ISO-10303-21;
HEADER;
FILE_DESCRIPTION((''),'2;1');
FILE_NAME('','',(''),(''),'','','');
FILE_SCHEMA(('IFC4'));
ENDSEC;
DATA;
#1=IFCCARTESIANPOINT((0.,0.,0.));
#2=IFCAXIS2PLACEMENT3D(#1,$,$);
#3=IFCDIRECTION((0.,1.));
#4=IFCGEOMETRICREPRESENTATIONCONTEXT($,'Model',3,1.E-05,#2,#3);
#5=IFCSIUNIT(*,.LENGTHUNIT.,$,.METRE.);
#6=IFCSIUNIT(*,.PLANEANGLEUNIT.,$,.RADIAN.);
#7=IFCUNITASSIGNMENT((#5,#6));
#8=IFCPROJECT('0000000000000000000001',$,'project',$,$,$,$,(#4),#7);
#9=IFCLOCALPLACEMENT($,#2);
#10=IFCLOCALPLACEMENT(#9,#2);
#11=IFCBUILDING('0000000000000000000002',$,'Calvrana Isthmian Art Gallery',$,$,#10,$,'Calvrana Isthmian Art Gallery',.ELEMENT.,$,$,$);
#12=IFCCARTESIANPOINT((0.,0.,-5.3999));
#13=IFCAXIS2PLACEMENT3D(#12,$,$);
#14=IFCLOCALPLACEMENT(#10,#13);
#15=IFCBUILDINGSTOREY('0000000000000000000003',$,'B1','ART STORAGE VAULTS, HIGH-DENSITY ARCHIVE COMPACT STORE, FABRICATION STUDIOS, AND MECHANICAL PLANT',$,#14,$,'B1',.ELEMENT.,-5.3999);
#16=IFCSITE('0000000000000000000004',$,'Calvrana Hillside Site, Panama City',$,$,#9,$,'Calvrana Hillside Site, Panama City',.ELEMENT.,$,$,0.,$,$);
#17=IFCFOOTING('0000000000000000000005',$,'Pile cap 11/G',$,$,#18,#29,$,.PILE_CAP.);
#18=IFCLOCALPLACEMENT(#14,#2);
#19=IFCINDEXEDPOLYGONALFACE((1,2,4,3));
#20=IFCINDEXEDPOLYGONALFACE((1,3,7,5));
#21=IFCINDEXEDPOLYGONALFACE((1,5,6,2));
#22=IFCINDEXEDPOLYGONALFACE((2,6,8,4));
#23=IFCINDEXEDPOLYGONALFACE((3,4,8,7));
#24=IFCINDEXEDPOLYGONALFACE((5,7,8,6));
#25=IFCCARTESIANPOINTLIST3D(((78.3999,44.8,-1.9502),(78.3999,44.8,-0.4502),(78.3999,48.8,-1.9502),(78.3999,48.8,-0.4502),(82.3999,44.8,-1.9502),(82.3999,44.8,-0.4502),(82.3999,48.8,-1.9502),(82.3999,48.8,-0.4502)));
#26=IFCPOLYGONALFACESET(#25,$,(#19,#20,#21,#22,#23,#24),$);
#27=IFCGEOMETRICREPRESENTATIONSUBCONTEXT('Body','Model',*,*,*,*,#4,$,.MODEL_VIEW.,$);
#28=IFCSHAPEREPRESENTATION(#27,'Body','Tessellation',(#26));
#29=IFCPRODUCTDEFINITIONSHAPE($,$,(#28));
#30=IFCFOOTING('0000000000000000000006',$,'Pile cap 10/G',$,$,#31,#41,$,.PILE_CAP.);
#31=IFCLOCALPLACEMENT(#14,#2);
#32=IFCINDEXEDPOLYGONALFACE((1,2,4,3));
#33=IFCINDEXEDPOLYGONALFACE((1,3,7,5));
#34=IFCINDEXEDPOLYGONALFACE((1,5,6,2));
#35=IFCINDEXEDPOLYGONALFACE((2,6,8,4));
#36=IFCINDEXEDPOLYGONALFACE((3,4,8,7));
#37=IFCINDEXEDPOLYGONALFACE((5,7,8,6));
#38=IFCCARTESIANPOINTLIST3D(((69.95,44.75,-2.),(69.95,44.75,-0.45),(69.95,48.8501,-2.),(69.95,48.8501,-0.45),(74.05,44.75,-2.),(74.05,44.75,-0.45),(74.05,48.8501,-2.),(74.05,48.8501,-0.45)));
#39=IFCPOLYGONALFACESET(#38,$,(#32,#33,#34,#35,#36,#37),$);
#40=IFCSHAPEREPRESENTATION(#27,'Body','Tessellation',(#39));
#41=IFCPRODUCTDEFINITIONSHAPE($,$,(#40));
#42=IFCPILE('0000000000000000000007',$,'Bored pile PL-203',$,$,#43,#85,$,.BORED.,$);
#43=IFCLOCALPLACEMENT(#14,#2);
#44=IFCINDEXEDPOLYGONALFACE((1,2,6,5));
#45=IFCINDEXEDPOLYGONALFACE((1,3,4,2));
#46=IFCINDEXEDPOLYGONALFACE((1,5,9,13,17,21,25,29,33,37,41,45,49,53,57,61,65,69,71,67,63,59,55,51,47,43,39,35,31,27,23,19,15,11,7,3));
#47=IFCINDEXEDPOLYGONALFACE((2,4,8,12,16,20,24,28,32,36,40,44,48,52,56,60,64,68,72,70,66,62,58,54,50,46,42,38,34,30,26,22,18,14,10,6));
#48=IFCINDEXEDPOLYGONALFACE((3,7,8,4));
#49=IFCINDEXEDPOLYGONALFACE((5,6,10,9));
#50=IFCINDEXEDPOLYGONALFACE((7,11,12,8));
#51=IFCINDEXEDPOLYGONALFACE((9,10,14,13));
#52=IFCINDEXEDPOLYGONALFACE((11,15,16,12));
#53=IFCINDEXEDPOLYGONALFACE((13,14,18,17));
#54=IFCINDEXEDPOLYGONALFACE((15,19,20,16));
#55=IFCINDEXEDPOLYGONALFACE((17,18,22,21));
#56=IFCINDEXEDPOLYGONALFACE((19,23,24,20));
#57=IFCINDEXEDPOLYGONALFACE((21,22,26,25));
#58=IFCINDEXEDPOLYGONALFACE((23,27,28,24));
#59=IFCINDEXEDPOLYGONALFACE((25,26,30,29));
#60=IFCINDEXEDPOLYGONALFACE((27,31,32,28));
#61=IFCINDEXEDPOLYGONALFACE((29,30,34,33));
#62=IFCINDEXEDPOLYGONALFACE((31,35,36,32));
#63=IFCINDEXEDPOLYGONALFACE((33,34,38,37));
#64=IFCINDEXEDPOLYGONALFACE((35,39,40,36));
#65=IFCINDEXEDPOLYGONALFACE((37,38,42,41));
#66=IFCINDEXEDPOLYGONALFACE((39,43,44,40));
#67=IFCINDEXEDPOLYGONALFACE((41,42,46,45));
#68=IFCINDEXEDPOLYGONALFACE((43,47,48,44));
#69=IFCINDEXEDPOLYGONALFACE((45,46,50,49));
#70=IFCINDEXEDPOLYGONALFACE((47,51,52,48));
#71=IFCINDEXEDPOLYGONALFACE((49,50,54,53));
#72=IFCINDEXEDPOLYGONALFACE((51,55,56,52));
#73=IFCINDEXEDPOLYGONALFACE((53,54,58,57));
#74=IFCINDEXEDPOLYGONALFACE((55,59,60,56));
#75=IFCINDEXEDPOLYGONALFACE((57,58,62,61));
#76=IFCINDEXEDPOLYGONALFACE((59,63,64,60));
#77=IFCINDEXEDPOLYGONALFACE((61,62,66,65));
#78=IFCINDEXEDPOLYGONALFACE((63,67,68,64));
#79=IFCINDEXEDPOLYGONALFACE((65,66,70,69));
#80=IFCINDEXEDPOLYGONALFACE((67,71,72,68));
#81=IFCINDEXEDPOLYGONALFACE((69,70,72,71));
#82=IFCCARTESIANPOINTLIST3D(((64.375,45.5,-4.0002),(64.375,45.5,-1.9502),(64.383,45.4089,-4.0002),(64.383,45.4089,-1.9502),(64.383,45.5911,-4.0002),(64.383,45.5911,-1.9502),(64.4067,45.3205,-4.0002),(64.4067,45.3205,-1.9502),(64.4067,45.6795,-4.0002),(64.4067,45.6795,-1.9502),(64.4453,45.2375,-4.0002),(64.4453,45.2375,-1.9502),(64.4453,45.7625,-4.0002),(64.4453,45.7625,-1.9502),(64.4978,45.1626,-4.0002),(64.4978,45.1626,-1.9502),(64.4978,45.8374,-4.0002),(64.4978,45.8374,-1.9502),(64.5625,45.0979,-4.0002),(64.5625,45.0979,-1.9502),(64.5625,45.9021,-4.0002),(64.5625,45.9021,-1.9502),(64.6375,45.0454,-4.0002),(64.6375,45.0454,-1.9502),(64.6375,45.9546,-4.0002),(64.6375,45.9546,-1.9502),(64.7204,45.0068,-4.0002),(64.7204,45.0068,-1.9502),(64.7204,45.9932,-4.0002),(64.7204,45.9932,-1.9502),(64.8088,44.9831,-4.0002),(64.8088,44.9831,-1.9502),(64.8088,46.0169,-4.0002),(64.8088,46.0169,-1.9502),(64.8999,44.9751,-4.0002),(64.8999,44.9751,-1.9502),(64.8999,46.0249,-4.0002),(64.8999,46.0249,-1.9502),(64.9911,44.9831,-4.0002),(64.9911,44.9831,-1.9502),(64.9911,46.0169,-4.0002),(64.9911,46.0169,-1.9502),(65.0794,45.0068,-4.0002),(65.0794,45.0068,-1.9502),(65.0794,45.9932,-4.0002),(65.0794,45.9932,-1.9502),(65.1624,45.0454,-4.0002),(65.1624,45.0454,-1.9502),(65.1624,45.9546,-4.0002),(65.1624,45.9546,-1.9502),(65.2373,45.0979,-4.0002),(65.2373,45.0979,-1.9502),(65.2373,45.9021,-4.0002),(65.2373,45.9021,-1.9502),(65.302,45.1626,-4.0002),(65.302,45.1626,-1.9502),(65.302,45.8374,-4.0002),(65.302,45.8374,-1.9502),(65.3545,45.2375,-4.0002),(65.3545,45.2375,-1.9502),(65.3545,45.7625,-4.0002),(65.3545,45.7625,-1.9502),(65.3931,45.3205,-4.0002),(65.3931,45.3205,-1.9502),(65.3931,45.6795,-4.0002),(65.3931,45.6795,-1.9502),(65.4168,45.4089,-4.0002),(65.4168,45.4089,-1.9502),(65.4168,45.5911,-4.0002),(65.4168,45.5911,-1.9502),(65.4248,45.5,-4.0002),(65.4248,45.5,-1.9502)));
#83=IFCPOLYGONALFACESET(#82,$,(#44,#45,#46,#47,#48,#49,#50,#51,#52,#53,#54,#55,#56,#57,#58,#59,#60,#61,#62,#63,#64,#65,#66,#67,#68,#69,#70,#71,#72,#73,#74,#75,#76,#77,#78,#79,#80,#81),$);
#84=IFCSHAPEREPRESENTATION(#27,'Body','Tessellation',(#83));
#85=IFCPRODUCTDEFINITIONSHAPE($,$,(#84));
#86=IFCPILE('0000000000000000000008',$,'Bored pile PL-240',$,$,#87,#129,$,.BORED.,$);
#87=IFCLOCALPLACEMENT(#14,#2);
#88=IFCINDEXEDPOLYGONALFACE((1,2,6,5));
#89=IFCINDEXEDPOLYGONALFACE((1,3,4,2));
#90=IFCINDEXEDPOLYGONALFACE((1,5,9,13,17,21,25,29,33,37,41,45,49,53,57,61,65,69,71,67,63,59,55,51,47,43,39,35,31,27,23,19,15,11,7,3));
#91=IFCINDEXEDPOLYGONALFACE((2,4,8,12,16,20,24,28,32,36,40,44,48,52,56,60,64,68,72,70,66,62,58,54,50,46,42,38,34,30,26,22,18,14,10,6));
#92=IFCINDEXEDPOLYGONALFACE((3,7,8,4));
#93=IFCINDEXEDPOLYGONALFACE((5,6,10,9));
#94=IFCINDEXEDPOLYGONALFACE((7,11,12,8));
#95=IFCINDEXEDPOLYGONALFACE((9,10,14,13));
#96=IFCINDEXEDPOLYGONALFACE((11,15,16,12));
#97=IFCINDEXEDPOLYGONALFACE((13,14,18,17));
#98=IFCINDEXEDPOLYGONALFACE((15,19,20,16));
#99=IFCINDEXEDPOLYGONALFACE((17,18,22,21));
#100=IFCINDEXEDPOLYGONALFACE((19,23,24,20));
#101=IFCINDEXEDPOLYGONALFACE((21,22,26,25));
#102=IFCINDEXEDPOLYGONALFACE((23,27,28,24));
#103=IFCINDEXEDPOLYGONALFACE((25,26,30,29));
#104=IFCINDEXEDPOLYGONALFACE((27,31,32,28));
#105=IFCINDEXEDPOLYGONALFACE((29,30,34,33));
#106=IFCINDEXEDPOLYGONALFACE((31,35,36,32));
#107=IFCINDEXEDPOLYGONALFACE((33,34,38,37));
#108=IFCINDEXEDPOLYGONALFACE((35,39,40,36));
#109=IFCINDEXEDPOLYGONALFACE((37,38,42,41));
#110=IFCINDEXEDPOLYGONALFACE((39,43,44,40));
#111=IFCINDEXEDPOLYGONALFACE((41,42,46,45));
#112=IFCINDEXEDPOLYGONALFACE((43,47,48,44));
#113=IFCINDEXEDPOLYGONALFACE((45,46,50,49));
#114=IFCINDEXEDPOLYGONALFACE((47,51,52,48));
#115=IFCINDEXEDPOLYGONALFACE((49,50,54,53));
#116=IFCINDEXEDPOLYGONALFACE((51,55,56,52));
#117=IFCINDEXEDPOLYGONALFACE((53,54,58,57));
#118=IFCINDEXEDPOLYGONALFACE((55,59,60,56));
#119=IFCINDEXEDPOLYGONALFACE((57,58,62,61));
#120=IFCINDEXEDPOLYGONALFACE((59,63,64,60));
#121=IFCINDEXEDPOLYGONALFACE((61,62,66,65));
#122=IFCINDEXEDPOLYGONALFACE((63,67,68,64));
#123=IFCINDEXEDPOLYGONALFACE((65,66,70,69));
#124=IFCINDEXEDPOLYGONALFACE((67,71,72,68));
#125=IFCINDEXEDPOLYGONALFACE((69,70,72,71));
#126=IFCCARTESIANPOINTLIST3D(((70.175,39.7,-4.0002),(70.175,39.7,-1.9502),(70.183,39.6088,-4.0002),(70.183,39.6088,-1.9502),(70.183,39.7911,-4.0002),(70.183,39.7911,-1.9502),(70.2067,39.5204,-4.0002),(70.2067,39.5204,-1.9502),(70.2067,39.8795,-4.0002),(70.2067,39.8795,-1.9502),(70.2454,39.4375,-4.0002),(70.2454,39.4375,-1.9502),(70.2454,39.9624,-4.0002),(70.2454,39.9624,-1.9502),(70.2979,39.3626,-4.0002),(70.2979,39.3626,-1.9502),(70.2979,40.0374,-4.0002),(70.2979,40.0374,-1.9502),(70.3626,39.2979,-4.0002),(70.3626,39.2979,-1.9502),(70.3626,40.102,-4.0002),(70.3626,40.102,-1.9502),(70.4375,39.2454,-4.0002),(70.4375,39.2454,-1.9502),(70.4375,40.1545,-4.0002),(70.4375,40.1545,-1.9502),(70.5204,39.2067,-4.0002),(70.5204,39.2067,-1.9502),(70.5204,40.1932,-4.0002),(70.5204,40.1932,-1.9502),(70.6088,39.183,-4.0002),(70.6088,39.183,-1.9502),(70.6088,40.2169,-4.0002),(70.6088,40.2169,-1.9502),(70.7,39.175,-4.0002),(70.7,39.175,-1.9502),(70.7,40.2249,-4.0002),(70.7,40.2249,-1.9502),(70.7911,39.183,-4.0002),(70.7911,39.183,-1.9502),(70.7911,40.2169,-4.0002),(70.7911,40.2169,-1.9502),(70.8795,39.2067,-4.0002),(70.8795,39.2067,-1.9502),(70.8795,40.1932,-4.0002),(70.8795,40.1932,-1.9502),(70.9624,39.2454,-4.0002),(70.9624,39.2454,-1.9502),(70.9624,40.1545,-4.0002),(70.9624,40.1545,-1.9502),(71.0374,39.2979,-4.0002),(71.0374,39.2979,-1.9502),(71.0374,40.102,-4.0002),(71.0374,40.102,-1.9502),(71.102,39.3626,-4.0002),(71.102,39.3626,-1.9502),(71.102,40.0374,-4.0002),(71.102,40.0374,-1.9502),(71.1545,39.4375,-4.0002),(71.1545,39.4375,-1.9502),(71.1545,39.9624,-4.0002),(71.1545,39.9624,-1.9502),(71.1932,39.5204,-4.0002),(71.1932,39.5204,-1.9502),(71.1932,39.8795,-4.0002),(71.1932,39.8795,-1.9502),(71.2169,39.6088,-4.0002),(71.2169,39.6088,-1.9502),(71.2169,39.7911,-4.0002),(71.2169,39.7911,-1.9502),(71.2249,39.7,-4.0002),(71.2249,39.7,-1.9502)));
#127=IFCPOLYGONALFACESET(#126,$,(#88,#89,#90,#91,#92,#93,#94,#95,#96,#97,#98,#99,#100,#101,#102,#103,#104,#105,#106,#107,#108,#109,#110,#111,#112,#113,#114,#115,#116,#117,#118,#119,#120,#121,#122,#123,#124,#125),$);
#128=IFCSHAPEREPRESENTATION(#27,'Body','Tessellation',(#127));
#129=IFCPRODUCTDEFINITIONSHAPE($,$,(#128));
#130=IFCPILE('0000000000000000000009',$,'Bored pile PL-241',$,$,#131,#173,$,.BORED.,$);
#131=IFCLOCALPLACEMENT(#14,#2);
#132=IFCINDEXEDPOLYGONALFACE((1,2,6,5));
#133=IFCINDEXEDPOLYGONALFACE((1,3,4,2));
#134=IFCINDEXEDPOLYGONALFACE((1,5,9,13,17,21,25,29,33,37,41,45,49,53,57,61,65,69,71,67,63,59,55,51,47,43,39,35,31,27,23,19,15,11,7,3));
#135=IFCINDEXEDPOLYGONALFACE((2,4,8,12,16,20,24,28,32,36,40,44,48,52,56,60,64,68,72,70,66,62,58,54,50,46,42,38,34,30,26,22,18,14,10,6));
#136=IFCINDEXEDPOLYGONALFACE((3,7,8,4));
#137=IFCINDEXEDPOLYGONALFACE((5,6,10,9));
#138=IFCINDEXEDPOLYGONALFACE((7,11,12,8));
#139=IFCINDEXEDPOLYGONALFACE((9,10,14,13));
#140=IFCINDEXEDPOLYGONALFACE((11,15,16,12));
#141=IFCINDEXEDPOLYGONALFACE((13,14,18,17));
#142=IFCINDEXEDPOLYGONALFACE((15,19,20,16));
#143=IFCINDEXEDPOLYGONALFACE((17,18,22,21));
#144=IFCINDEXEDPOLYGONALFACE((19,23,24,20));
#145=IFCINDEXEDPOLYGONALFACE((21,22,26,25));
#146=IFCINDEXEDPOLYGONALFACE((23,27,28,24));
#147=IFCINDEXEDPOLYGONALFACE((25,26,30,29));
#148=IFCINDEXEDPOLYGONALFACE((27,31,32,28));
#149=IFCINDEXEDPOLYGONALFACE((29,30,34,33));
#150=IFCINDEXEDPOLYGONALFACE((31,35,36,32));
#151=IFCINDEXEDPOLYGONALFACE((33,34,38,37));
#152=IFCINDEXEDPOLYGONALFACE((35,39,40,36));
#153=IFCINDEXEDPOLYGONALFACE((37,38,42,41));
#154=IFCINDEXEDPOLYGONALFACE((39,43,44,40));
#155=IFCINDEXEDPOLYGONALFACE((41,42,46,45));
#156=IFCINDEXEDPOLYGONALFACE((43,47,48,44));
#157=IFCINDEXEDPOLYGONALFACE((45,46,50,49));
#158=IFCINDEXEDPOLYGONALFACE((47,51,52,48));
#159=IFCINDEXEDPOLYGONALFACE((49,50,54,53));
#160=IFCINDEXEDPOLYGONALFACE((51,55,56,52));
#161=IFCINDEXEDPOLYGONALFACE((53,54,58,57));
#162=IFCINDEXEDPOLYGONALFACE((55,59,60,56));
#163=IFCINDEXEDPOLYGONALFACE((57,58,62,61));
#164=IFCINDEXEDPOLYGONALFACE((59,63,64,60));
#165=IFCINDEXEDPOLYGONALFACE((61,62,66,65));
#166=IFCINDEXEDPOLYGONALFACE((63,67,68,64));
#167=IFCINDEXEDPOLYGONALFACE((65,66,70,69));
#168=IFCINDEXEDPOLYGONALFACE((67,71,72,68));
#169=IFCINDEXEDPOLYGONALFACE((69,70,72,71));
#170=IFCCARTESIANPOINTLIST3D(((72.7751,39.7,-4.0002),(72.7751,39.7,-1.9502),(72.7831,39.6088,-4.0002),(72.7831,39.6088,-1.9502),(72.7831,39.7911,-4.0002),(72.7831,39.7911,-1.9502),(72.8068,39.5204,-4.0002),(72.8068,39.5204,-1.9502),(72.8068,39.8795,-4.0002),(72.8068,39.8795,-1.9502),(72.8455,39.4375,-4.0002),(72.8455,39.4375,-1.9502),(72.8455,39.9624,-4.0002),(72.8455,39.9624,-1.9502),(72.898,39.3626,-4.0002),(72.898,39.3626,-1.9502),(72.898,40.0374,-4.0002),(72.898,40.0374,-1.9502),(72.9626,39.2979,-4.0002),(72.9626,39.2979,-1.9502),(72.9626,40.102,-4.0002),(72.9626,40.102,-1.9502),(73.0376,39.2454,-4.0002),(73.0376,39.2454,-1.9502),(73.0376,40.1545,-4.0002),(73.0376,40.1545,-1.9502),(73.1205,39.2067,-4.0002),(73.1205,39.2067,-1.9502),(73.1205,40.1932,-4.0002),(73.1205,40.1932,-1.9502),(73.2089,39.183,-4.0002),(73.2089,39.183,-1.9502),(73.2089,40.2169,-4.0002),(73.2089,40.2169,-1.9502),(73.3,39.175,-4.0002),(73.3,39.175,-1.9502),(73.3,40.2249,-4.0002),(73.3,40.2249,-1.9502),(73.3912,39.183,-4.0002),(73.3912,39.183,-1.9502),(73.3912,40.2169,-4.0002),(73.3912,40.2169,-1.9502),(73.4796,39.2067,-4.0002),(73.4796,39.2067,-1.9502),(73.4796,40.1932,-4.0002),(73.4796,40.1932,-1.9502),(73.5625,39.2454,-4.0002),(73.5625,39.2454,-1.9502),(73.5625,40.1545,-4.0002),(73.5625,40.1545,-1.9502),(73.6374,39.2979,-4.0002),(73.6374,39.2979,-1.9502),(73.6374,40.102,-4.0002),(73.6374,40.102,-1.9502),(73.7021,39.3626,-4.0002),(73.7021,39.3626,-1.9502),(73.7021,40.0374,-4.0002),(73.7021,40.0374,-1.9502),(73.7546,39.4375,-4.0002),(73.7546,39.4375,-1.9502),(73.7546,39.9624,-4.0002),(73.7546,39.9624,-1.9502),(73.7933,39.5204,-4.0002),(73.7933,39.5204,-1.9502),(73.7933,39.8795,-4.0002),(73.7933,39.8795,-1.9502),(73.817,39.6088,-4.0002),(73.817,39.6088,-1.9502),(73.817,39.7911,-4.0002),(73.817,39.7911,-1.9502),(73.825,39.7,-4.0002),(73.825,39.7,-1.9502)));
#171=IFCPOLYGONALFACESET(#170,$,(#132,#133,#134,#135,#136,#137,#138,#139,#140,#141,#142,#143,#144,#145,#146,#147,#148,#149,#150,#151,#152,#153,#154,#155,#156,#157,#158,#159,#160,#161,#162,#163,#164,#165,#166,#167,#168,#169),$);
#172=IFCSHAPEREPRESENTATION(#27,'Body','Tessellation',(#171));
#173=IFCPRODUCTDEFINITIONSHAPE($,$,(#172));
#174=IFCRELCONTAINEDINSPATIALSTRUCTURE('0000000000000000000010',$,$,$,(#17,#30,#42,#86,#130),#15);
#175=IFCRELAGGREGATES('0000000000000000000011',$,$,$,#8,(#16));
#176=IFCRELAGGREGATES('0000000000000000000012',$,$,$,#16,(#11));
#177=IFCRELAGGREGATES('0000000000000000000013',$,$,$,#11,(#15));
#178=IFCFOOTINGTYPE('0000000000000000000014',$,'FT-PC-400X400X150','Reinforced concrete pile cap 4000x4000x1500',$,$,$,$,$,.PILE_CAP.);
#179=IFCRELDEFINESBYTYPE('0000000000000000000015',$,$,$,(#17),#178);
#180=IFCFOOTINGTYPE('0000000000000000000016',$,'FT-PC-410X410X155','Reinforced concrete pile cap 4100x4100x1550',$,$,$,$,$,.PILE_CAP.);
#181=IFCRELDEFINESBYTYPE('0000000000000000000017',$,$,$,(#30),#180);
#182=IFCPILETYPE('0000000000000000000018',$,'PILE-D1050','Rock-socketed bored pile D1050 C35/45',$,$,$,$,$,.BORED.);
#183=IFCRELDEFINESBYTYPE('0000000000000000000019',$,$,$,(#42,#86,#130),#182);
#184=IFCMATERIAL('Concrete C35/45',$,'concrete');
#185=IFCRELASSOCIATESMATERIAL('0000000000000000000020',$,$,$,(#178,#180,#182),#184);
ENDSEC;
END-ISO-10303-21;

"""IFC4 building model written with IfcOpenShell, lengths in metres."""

from ifc_helpers import new_model, si_unit, direction, frame, origin, origin_2d, place, context, subcontext, project, spatial, rectangle, circle, extrude, material, material_profile, profile_set, type_object, element, save


model = new_model("IFC4")

# Units and contexts
model_context = context("Model", 3, precision=1e-05, world=origin(), true_north=direction((0.0, 1.0)))
body_context = subcontext(model_context, "Body", "Model", "MODEL_VIEW")
ifc_project = project(units=[si_unit("LENGTHUNIT", "METRE"), si_unit("PLANEANGLEUNIT", "RADIAN")], contexts=[model_context])

# Site, building, storey
site_placement = place(None, origin())
site = spatial("IfcSite", under=ifc_project, at=site_placement, Name="Calvrana Hillside Site, Panama City", LongName="Calvrana Hillside Site, Panama City", CompositionType="ELEMENT", RefElevation=0.0)
building_placement = place(site_placement, origin())
building = spatial("IfcBuilding", under=site, at=building_placement, Name="Calvrana Isthmian Art Gallery", LongName="Calvrana Isthmian Art Gallery", CompositionType="ELEMENT")
storey_placement = place(building_placement, frame((0.0, 0.0, -5.3999)))
storey = spatial("IfcBuildingStorey", under=building, at=storey_placement, Name="B1", Description="ART STORAGE VAULTS, HIGH-DENSITY ARCHIVE COMPACT STORE, FABRICATION STUDIOS, AND MECHANICAL PLANT", LongName="B1", CompositionType="ELEMENT", Elevation=-5.3999)

# Footings
ifc_material_1 = material(Name="Concrete C35/45", Category="concrete")
footing_type_1 = type_object("IfcFootingType", Name="FT-PC-400X400X150", Description="Reinforced concrete pile cap 4000x4000x1500", PredefinedType="PILE_CAP", material=ifc_material_1)
footing_1_placement = place(storey_placement, frame((80.3999, 46.8, -1.9502), z_axis=(0.0, 0.0, 1.0), x_axis=(1.0, 0.0, 0.0)))
element("IfcFooting", 1, at=footing_1_placement, inside=storey, type_object=footing_type_1, Name="Pile cap 11/G", PredefinedType="PILE_CAP", context=body_context, shape_type="SweptSolid", body=[
    extrude(rectangle(XDim=4.0, YDim=4.0, at=origin_2d()), origin(), (0.0, 0.0, 1.0), 1.5),
])
footing_type_2 = type_object("IfcFootingType", Name="FT-PC-410X410X155", Description="Reinforced concrete pile cap 4100x4100x1550", PredefinedType="PILE_CAP", material=ifc_material_1)
footing_2_placement = place(storey_placement, frame((72.0, 46.8, -2.0), z_axis=(0.0, 0.0, 1.0), x_axis=(1.0, 0.0, 0.0)))
element("IfcFooting", 2, at=footing_2_placement, inside=storey, type_object=footing_type_2, Name="Pile cap 10/G", PredefinedType="PILE_CAP", context=body_context, shape_type="SweptSolid", body=[
    extrude(rectangle(XDim=4.1001, YDim=4.1001, at=origin_2d()), origin(), (0.0, 0.0, 1.0), 1.55),
])

# Piles
ifc_material_profile_1 = material_profile(ifc_material_1, circle(Radius=0.5249, at=origin_2d()), Name="PILE1050D")
ifc_profile_set_1 = profile_set([ifc_material_profile_1], Name="Concrete C35/45")
pile_type = type_object("IfcPileType", Name="PILE-D1050", Description="Rock-socketed bored pile D1050 C35/45", PredefinedType="BORED", material=ifc_profile_set_1)
for number, where, z_axis, x_axis, name in (
    (3, (64.8999, 45.5, -1.9502), (0.0, 0.0, -1.0), (1.0, 0.0, 0.0), "Bored pile PL-203"),
    (4, (70.7, 39.7, -1.9502), (0.0, 0.0, -1.0), (1.0, 0.0, 0.0), "Bored pile PL-240"),
    (5, (73.3, 39.7, -1.9502), (0.0, 0.0, -1.0), (1.0, 0.0, 0.0), "Bored pile PL-241"),
):
    element("IfcPile", number, at=place(storey_placement, frame(where, z_axis=z_axis, x_axis=x_axis)), inside=storey, type_object=pile_type, Name=name, PredefinedType="BORED", context=body_context, shape_type="SweptSolid", body=[
        extrude(circle(Radius=0.5249, at=origin_2d()), origin(), (0.0, 0.0, 1.0), 2.05),
    ])

save(model, "model.ifc")
